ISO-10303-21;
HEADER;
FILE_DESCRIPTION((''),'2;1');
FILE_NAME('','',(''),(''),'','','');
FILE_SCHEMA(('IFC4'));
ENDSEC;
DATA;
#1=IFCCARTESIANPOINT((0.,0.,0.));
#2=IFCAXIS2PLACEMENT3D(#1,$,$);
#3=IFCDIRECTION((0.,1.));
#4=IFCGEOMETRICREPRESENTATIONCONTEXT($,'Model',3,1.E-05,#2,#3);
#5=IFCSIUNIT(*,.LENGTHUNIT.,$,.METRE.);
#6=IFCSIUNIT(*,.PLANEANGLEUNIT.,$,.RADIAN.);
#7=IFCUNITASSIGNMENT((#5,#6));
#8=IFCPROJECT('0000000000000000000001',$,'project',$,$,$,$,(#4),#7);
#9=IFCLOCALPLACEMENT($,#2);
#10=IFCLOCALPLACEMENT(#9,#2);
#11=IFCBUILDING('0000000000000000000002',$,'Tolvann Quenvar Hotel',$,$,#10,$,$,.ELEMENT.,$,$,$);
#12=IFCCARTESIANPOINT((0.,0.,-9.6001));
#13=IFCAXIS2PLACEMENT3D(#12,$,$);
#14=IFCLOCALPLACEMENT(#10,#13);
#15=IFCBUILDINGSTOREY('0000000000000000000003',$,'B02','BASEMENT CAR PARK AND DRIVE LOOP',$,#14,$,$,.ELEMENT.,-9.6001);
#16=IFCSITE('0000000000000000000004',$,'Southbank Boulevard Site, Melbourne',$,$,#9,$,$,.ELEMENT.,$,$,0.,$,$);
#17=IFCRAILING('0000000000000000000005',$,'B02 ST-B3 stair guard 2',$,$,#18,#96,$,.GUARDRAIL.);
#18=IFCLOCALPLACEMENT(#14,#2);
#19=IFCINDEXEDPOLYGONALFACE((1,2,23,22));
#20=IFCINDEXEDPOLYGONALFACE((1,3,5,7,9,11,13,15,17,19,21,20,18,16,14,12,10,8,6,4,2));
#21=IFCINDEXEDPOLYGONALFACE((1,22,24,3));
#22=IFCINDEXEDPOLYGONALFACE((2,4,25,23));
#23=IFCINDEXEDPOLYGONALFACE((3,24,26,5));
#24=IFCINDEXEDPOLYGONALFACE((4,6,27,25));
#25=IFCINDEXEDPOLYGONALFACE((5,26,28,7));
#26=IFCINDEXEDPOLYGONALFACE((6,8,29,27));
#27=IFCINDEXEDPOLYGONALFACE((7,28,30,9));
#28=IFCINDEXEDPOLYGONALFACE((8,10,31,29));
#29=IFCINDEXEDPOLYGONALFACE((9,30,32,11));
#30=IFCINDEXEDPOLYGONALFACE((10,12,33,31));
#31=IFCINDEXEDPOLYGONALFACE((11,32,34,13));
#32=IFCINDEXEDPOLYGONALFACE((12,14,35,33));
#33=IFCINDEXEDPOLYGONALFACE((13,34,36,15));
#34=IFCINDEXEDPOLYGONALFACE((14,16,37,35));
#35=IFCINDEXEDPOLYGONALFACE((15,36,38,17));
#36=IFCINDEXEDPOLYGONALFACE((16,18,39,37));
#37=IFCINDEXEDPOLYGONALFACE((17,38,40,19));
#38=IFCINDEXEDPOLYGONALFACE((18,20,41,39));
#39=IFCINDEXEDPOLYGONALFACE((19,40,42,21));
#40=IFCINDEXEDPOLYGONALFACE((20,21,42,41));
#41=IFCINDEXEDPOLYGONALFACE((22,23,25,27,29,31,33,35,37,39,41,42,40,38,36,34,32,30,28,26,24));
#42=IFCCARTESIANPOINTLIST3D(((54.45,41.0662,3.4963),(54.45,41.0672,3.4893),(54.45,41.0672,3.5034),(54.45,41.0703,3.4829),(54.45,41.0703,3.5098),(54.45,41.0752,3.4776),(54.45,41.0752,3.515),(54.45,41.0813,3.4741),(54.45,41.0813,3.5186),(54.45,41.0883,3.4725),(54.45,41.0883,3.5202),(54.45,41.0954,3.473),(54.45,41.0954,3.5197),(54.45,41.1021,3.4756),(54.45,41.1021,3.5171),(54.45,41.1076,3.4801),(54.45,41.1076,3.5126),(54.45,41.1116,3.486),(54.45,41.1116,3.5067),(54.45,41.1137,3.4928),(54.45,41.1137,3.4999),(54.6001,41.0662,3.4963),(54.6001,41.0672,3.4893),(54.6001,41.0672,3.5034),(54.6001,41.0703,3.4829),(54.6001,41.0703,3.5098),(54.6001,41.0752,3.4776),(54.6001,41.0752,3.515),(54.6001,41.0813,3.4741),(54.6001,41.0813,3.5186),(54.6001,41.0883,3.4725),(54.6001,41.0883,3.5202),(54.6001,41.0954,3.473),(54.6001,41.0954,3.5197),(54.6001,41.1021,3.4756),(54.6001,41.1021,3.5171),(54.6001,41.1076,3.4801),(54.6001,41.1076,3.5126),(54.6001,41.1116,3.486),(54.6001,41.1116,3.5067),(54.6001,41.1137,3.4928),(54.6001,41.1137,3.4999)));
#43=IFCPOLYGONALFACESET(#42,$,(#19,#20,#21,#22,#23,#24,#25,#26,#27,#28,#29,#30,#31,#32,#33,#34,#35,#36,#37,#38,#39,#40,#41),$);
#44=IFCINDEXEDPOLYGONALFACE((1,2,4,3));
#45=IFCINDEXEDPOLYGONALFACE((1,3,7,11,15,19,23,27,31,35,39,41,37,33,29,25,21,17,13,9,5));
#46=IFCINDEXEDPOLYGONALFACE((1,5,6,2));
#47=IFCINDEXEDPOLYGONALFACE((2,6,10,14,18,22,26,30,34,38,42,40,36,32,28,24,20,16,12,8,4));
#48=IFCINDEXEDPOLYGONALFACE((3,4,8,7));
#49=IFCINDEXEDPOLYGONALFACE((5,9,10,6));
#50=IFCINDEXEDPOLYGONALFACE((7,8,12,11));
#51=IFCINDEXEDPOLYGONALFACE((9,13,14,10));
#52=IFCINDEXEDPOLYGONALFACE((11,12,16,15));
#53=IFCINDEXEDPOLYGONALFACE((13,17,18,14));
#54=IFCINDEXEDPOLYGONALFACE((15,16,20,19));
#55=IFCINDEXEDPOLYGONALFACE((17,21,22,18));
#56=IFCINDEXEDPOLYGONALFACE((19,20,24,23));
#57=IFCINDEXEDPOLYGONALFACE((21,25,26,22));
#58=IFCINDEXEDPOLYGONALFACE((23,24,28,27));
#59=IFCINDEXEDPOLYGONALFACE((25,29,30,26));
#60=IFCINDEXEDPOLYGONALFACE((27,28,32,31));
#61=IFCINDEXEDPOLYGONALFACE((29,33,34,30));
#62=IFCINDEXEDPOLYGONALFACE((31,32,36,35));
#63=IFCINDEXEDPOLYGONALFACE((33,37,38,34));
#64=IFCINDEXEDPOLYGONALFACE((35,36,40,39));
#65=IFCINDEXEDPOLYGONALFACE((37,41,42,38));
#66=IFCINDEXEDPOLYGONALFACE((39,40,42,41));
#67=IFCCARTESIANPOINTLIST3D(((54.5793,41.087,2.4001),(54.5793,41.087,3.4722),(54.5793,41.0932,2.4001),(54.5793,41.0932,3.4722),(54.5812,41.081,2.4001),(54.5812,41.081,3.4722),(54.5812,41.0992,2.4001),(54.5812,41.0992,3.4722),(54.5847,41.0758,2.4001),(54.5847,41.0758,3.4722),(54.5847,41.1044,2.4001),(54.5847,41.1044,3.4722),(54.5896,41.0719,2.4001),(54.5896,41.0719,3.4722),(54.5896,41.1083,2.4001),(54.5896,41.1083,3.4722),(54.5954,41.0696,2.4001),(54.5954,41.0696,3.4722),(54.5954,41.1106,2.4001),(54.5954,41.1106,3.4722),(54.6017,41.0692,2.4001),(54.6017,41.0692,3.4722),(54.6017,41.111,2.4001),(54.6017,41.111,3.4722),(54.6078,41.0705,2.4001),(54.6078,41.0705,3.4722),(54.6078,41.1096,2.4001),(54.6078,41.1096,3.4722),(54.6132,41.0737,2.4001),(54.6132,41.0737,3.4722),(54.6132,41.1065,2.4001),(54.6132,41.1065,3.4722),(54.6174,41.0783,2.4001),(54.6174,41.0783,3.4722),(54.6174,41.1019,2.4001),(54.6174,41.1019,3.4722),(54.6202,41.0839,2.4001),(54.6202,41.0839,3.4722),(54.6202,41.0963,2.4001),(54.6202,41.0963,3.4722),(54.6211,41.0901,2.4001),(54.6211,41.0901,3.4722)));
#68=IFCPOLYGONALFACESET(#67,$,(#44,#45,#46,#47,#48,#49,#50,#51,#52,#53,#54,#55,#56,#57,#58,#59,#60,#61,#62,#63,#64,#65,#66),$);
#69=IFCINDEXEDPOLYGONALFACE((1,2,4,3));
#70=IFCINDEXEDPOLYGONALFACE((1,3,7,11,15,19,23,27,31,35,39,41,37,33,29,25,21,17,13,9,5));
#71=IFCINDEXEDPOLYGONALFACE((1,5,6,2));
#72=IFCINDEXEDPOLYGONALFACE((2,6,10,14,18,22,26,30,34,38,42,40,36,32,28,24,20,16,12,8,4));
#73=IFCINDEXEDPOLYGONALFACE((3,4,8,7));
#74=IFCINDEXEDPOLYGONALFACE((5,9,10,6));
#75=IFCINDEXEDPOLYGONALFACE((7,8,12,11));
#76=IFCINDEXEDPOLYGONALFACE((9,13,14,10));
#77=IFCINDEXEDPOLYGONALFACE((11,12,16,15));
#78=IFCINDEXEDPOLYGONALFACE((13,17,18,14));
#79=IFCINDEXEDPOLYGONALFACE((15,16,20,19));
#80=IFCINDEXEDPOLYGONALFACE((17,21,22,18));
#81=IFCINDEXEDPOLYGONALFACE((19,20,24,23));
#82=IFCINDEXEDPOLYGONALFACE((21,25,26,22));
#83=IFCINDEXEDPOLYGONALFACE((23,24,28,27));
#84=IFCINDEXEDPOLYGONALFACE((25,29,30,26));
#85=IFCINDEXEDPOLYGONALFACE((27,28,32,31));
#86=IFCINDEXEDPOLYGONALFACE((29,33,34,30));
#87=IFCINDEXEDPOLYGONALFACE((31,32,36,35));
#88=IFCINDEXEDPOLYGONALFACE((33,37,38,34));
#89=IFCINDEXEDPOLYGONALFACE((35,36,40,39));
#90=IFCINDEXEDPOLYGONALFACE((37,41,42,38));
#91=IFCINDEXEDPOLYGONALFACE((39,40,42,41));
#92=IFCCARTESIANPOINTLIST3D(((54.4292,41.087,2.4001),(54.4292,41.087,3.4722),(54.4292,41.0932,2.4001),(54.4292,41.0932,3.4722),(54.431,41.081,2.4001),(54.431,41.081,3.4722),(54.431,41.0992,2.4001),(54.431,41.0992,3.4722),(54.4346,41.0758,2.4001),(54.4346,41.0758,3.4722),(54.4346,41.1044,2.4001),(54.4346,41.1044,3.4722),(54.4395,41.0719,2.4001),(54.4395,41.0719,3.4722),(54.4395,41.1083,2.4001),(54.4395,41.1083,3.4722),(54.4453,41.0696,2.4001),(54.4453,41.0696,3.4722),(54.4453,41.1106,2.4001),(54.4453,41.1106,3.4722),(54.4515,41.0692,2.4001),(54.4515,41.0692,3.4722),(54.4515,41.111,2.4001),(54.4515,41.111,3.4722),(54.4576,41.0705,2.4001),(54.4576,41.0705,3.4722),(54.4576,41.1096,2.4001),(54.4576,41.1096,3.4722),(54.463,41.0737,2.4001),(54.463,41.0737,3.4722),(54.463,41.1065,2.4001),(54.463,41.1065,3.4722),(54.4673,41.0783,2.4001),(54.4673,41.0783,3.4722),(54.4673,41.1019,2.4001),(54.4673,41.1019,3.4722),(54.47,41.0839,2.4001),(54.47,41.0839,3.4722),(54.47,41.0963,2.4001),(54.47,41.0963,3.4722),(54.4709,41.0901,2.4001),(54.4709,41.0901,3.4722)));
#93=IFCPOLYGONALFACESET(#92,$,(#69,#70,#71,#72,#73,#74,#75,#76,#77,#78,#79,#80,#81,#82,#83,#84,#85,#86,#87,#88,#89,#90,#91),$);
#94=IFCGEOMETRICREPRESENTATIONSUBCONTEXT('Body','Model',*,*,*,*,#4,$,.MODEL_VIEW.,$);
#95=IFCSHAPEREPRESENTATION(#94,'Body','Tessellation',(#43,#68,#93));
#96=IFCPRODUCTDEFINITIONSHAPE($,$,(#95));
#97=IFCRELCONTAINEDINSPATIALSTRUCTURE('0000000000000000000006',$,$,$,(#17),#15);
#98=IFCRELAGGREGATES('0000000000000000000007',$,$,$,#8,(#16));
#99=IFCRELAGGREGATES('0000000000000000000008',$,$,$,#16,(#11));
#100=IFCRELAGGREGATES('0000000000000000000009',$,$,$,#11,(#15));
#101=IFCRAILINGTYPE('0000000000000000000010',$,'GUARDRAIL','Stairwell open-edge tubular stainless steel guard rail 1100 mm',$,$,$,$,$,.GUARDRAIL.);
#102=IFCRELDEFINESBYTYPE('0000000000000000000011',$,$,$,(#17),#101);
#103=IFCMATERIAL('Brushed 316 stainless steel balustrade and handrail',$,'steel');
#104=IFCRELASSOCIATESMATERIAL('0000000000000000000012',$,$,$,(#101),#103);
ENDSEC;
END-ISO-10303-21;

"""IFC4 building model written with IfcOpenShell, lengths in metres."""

from ifc_helpers import new_model, si_unit, direction, frame, origin, origin_2d, place, context, subcontext, project, spatial, circle, extrude, material, type_object, element, save


model = new_model("IFC4")

# Units and contexts
model_context = context("Model", 3, precision=1e-05, world=origin(), true_north=direction((0.0, 1.0)))
body_context = subcontext(model_context, "Body", "Model", "MODEL_VIEW")
ifc_project = project(units=[si_unit("LENGTHUNIT", "METRE"), si_unit("PLANEANGLEUNIT", "RADIAN")], contexts=[model_context])

# Site, building, storey
site_placement = place(None, origin())
site = spatial("IfcSite", under=ifc_project, at=site_placement, Name="Southbank Boulevard Site, Melbourne", CompositionType="ELEMENT", RefElevation=0.0)
building_placement = place(site_placement, origin())
building = spatial("IfcBuilding", under=site, at=building_placement, Name="Tolvann Quenvar Hotel", CompositionType="ELEMENT")
storey_placement = place(building_placement, frame((0.0, 0.0, -9.6001)))
storey = spatial("IfcBuildingStorey", under=building, at=storey_placement, Name="B02", Description="BASEMENT CAR PARK AND DRIVE LOOP", CompositionType="ELEMENT", Elevation=-9.6001)

# Railing
ifc_material_1 = material(Name="Brushed 316 stainless steel balustrade and handrail", Category="steel")
railing_type_1 = type_object("IfcRailingType", Name="GUARDRAIL", Description="Stairwell open-edge tubular stainless steel guard rail 1100 mm", PredefinedType="GUARDRAIL", material=ifc_material_1)
railing_1_placement = place(storey_placement, frame((54.6001, 41.0901, 2.4001)))
element("IfcRailing", 1, at=railing_1_placement, inside=storey, type_object=railing_type_1, Name="B02 ST-B3 stair guard 2", PredefinedType="GUARDRAIL", context=body_context, shape_type="SweptSolid", body=[
    extrude(circle(Radius=0.0239, at=origin_2d()), frame((0.0, 0.0, 1.0962), z_axis=(-1.0, 0.0, 0.0), x_axis=(0.0, -1.0, 0.0)), (0.0, 0.0, 1.0), 0.1501),
    extrude(circle(Radius=0.021, at=origin_2d()), origin(), (0.0, 0.0, 1.0), 1.072),
    extrude(circle(Radius=0.021, at=origin_2d()), frame((-0.1501, 0.0, 0.0)), (0.0, 0.0, 1.0), 1.072),
])

save(model, "model.ifc")
